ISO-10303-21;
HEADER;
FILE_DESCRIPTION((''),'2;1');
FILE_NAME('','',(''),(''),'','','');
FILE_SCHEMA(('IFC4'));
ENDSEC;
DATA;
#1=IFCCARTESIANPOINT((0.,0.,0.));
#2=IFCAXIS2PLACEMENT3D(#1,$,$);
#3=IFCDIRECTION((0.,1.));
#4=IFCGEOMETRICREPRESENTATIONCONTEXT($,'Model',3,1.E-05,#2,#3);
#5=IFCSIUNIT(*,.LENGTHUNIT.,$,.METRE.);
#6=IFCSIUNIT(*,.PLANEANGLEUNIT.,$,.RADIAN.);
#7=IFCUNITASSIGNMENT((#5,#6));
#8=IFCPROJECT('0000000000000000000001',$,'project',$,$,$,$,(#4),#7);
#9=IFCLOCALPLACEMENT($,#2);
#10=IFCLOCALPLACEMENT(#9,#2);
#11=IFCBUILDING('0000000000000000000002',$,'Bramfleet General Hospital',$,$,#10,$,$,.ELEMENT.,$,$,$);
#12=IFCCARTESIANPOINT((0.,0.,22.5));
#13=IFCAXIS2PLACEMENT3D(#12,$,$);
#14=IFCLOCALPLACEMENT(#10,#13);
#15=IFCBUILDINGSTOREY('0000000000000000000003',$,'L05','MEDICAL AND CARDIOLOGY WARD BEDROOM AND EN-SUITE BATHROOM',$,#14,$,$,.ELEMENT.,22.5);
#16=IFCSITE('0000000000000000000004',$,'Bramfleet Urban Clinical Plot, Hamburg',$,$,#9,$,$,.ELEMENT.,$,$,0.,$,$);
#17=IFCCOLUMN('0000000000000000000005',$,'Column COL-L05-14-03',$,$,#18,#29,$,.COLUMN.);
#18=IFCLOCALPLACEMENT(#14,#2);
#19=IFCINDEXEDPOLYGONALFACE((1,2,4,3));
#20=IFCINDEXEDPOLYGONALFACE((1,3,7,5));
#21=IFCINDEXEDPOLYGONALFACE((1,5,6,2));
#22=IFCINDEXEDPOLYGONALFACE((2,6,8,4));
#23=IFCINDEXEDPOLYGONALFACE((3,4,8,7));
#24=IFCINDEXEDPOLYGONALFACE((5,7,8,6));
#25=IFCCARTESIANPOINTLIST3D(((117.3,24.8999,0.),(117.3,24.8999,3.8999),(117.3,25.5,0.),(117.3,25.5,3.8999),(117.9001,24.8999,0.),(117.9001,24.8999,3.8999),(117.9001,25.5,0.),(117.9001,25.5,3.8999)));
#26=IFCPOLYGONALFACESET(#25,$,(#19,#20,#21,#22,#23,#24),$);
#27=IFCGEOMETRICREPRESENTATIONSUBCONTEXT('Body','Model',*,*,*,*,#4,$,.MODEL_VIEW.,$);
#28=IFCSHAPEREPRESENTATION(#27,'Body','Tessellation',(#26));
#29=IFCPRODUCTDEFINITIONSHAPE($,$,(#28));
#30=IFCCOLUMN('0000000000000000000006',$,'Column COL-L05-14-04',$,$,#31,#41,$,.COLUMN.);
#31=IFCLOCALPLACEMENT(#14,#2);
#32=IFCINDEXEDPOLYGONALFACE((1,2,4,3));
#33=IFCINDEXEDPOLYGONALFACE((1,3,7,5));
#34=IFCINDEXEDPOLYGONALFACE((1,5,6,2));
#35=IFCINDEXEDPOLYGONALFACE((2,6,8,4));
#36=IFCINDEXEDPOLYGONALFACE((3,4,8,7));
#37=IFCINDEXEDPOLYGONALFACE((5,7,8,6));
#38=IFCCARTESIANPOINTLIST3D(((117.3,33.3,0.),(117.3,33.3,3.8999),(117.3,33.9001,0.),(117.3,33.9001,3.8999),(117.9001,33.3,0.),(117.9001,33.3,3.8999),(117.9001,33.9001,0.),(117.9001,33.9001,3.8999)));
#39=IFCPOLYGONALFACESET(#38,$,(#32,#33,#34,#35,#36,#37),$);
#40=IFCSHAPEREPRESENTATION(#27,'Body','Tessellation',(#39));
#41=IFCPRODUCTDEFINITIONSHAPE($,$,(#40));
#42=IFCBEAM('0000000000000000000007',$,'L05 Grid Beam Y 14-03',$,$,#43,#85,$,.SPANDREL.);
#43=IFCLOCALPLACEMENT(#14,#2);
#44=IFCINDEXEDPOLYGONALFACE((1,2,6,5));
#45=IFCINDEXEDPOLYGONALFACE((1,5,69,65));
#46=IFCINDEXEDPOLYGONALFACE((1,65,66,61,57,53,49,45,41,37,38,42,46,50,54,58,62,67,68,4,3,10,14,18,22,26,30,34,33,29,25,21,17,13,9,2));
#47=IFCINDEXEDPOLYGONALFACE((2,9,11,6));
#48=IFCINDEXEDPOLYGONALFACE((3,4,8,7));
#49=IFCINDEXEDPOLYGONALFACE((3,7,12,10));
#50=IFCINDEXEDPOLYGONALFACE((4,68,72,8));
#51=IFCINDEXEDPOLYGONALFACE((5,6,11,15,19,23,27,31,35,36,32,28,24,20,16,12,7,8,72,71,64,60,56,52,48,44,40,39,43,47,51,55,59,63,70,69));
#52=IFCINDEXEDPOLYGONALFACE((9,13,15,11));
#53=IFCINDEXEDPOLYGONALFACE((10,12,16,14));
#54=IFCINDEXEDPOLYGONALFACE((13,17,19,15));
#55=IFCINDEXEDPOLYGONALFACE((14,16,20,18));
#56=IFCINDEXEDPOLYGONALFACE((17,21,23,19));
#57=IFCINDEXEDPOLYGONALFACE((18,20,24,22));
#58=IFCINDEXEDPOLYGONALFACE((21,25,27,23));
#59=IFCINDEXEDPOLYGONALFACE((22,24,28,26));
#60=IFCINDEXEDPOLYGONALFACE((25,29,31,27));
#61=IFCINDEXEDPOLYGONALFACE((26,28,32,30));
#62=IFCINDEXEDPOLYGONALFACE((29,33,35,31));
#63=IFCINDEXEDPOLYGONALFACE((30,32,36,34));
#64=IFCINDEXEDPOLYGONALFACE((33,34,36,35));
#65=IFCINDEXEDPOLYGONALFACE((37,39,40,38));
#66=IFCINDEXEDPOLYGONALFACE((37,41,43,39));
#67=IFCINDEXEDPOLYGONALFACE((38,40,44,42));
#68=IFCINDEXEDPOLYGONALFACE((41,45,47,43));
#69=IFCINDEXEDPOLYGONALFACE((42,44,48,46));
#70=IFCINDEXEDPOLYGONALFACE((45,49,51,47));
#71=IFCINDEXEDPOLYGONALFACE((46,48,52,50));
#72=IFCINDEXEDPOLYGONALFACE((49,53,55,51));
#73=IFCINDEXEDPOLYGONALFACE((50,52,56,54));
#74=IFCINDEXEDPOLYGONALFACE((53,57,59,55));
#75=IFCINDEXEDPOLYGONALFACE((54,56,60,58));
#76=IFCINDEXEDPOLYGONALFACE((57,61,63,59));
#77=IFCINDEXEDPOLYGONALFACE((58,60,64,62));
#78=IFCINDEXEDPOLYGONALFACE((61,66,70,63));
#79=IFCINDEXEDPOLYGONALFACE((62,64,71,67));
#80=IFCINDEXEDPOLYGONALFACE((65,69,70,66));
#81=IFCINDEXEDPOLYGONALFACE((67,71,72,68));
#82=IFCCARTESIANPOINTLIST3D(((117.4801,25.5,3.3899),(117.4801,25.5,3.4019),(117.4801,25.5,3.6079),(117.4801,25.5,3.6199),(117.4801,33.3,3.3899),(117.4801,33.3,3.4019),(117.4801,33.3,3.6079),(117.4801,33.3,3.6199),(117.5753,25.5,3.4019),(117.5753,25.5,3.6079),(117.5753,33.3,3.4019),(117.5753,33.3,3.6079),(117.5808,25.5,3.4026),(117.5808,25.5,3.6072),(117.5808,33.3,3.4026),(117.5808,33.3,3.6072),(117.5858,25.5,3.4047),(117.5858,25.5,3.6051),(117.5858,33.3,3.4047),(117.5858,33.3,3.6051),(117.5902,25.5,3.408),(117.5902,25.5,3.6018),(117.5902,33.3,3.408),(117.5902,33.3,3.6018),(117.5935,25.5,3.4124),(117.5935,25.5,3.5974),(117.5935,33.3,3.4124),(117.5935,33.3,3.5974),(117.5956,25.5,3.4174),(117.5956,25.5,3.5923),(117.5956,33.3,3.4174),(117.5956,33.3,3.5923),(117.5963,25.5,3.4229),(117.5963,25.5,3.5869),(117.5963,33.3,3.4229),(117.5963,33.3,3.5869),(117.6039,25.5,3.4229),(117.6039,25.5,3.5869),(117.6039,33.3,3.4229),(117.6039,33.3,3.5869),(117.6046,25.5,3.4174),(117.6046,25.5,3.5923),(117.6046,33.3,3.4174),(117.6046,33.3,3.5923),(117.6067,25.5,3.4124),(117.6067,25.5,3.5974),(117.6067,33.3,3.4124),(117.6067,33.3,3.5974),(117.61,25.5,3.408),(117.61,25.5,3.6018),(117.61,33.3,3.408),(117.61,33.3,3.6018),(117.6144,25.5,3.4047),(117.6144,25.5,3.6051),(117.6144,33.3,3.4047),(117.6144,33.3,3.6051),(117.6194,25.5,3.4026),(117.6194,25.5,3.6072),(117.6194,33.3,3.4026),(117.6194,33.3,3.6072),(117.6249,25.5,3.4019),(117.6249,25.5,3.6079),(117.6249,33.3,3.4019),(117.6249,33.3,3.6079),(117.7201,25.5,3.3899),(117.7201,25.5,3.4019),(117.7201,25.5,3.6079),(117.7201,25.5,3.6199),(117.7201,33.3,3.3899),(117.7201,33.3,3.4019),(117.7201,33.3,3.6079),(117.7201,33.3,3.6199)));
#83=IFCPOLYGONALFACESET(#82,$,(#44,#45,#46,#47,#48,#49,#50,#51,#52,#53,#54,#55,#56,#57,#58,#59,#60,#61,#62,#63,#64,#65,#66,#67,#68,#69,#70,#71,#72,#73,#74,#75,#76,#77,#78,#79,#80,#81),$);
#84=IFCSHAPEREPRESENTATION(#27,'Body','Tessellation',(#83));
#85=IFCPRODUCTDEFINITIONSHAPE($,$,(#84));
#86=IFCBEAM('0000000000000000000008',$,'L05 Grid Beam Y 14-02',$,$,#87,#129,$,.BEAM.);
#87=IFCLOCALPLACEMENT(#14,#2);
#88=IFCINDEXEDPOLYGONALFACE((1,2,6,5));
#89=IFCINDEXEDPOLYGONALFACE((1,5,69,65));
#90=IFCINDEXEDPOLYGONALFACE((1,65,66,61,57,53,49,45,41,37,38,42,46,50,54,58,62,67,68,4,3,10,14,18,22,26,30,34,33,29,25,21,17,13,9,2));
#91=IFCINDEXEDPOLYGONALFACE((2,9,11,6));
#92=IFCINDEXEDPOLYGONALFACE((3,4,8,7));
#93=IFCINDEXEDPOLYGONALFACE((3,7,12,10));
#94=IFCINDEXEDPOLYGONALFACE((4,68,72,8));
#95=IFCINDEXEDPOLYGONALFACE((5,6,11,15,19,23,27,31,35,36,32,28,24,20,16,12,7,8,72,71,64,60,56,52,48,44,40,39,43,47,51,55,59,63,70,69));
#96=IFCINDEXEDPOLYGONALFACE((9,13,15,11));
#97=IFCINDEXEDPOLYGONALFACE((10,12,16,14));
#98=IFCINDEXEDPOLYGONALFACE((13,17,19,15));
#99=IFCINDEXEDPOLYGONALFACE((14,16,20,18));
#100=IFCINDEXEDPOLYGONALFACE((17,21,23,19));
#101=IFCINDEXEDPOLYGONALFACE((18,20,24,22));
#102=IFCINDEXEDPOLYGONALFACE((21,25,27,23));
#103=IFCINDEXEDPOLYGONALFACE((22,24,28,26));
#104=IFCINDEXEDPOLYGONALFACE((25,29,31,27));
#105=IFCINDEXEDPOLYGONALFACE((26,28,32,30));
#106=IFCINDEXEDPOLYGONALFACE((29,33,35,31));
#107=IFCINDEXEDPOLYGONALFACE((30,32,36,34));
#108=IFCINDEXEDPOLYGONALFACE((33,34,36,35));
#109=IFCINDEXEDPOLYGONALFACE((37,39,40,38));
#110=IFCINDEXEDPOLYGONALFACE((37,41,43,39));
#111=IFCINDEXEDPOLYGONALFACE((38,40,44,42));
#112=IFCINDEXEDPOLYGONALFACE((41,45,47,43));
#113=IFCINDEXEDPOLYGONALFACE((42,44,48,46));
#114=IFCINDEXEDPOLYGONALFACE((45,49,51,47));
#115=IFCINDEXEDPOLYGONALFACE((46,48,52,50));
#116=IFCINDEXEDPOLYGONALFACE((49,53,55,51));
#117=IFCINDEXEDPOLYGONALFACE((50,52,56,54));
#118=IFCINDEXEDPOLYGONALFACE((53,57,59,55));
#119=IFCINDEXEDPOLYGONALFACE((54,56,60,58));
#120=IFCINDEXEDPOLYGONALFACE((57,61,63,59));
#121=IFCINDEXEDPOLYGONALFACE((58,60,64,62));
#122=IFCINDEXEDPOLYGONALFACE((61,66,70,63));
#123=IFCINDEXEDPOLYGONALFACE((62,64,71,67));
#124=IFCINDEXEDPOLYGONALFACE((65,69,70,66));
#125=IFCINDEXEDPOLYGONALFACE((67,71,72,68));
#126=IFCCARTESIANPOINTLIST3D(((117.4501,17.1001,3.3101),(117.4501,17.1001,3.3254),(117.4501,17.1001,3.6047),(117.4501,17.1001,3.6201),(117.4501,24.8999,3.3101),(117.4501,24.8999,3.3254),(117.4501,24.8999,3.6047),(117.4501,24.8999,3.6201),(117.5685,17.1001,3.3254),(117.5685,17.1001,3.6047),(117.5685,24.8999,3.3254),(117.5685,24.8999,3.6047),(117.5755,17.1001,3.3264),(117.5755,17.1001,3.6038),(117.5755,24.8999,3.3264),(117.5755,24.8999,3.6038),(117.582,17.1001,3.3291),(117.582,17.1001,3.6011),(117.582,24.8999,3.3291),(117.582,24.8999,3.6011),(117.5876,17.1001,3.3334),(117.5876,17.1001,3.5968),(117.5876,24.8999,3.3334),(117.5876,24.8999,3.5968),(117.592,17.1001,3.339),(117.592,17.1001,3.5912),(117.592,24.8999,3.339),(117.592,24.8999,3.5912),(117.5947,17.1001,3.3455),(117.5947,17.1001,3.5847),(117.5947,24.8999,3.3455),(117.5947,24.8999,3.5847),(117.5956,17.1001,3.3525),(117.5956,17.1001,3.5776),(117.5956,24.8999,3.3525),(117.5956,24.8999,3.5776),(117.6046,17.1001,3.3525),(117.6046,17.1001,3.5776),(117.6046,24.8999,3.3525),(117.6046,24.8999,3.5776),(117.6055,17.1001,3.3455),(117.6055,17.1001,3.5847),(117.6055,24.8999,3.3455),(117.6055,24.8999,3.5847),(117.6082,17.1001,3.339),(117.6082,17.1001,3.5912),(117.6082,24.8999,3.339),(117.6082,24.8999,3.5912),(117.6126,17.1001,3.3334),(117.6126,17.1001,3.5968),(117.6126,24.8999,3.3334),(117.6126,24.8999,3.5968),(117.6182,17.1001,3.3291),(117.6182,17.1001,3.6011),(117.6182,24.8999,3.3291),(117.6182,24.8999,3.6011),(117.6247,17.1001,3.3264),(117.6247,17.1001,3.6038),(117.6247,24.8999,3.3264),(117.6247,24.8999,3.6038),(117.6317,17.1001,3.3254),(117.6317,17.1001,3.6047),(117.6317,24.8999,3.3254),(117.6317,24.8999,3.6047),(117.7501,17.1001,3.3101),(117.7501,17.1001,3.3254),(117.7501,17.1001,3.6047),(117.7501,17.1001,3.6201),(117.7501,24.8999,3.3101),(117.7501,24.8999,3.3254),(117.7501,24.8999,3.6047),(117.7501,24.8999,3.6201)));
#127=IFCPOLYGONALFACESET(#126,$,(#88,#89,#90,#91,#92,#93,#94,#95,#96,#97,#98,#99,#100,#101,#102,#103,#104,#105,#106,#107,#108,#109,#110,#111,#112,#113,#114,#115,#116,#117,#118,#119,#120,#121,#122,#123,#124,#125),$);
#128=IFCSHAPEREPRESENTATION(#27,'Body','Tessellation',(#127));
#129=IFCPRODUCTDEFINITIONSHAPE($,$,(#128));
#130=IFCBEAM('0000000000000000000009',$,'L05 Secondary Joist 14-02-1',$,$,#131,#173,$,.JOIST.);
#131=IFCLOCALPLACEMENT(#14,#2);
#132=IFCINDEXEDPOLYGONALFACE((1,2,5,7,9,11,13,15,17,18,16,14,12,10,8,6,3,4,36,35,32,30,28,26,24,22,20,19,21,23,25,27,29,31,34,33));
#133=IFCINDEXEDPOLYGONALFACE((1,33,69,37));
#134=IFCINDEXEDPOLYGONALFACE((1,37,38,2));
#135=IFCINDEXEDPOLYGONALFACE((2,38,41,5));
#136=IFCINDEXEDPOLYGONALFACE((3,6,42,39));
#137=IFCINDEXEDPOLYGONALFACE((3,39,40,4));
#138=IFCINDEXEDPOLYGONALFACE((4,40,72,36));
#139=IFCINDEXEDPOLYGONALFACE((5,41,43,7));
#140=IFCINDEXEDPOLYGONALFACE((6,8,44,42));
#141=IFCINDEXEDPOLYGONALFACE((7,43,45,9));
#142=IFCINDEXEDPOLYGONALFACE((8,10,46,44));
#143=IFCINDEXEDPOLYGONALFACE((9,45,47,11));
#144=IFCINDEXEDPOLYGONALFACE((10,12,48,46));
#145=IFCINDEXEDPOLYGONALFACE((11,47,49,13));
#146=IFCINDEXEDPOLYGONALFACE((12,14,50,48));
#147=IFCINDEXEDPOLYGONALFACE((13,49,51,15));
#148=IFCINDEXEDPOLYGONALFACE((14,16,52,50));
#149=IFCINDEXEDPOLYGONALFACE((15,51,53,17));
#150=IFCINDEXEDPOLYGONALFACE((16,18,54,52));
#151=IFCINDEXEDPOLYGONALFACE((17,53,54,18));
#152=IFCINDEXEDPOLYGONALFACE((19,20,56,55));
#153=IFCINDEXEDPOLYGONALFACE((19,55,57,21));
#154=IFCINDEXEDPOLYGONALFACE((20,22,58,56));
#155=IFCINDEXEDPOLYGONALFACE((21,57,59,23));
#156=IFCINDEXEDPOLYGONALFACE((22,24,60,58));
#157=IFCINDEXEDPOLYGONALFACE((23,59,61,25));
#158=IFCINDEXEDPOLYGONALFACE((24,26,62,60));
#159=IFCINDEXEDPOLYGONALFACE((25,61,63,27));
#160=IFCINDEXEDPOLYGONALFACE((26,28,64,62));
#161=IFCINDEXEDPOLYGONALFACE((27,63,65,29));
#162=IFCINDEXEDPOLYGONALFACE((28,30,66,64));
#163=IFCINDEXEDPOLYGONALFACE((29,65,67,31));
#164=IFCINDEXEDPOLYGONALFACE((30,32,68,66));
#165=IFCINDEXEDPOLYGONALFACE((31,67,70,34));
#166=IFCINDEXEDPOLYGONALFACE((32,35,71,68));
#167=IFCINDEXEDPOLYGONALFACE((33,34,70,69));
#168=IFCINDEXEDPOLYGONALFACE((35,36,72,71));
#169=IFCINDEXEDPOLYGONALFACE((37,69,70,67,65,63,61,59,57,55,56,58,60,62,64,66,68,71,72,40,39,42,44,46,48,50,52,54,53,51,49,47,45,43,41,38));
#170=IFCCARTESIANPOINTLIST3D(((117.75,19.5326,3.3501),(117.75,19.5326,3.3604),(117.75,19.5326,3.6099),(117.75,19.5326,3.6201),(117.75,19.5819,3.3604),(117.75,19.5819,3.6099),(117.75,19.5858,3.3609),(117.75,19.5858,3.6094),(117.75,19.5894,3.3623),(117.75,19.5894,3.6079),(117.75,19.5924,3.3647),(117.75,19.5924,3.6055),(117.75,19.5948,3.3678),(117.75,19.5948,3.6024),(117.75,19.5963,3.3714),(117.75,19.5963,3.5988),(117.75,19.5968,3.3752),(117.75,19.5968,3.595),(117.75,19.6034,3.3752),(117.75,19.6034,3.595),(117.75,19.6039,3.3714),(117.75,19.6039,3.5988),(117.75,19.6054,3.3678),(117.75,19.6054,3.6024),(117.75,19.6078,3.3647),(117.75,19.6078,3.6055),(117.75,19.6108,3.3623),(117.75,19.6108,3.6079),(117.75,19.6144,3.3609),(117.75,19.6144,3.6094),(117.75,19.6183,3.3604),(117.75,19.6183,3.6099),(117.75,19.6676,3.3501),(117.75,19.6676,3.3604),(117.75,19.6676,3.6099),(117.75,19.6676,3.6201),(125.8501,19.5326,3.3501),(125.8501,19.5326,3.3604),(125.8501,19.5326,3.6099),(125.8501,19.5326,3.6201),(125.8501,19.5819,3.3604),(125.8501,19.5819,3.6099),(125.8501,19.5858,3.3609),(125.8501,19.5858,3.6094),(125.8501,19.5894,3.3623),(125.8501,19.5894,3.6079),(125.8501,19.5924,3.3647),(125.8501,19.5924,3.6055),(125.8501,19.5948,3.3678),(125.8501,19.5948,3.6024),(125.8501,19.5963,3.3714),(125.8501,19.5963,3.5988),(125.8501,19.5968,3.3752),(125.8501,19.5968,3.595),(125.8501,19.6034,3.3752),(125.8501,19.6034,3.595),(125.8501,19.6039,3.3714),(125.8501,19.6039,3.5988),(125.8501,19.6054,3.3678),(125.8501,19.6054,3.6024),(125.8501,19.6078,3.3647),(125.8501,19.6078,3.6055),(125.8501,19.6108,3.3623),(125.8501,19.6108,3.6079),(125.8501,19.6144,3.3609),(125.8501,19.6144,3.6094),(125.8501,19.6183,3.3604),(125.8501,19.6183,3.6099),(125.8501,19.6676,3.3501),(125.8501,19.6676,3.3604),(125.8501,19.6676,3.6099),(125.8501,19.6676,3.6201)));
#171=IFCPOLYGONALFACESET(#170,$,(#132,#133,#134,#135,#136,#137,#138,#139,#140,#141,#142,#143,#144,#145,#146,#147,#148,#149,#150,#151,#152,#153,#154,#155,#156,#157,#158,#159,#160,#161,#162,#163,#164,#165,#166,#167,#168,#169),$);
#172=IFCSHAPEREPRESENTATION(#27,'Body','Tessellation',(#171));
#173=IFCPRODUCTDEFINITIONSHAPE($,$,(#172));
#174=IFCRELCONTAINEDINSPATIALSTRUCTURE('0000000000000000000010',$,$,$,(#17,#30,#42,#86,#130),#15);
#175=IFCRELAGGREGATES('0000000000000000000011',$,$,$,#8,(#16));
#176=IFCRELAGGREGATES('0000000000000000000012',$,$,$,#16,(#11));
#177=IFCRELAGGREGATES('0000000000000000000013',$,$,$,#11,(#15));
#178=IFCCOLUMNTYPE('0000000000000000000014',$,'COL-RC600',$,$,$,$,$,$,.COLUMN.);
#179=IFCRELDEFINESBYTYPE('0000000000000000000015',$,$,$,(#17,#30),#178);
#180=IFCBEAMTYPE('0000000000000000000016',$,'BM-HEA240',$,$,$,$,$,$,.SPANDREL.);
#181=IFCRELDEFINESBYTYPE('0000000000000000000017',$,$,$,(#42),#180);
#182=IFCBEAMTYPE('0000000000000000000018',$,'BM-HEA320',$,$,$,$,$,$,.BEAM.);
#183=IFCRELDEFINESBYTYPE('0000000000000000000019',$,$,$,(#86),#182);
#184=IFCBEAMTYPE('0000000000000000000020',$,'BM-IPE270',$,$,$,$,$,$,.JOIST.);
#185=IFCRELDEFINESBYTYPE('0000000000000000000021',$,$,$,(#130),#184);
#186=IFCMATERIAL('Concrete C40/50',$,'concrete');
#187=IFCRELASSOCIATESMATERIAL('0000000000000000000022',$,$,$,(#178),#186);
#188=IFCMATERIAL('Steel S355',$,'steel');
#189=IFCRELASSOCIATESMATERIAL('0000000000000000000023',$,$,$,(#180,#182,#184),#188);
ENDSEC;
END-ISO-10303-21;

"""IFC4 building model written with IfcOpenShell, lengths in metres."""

from ifc_helpers import new_model, si_unit, direction, frame, origin, origin_2d, place, context, subcontext, project, spatial, rectangle, i_section, extrude, material, material_profile, profile_set, type_object, element, save


model = new_model("IFC4")

# Units and contexts
model_context = context("Model", 3, precision=1e-05, world=origin(), true_north=direction((0.0, 1.0)))
body_context = subcontext(model_context, "Body", "Model", "MODEL_VIEW")
ifc_project = project(units=[si_unit("LENGTHUNIT", "METRE"), si_unit("PLANEANGLEUNIT", "RADIAN")], contexts=[model_context])

# Site, building, storey
site_placement = place(None, origin())
site = spatial("IfcSite", under=ifc_project, at=site_placement, Name="Bramfleet Urban Clinical Plot, Hamburg", CompositionType="ELEMENT", RefElevation=0.0)
building_placement = place(site_placement, origin())
building = spatial("IfcBuilding", under=site, at=building_placement, Name="Bramfleet General Hospital", CompositionType="ELEMENT")
storey_placement = place(building_placement, frame((0.0, 0.0, 22.5)))
storey = spatial("IfcBuildingStorey", under=building, at=storey_placement, Name="L05", Description="MEDICAL AND CARDIOLOGY WARD BEDROOM AND EN-SUITE BATHROOM", CompositionType="ELEMENT", Elevation=22.5)

# Columns
ifc_material_1 = material(Name="Concrete C40/50", Category="concrete")
ifc_material_profile_1 = material_profile(ifc_material_1, rectangle(XDim=0.6001, YDim=0.6001, at=origin_2d()), Name="RC COL 600x600")
ifc_profile_set_1 = profile_set([ifc_material_profile_1], Name="Concrete C40/50")
column_type = type_object("IfcColumnType", Name="COL-RC600", PredefinedType="COLUMN", material=ifc_profile_set_1)
for number, where, z_axis, x_axis, name in (
    (1, (117.6001, 25.2, 0.0), (0.0, 0.0, 1.0), (1.0, 0.0, 0.0), "Column COL-L05-14-03"),
    (2, (117.6001, 33.6001, 0.0), (0.0, 0.0, 1.0), (1.0, 0.0, 0.0), "Column COL-L05-14-04"),
):
    element("IfcColumn", number, at=place(storey_placement, frame(where, z_axis=z_axis, x_axis=x_axis)), inside=storey, type_object=column_type, Name=name, PredefinedType="COLUMN", context=body_context, shape_type="SweptSolid", body=[
        extrude(rectangle(XDim=0.6001, YDim=0.6001, at=origin_2d()), origin(), (0.0, 0.0, 1.0), 3.8999),
    ])

# Beams
ifc_material_2 = material(Name="Steel S355", Category="steel")
ifc_material_profile_2 = material_profile(ifc_material_2, i_section(OverallWidth=0.24, OverallDepth=0.23, WebThickness=0.0076, FlangeThickness=0.012, FilletRadius=0.021, at=origin_2d()), Name="HEA 240")
ifc_profile_set_2 = profile_set([ifc_material_profile_2], Name="Steel S355")
beam_type_1 = type_object("IfcBeamType", Name="BM-HEA240", PredefinedType="SPANDREL", material=ifc_profile_set_2)
beam_1_placement = place(storey_placement, frame((117.6001, 25.5, 3.5049), z_axis=(0.0, 1.0, 0.0), x_axis=(-1.0, 0.0, 0.0)))
element("IfcBeam", 3, at=beam_1_placement, inside=storey, type_object=beam_type_1, Name="L05 Grid Beam Y 14-03", PredefinedType="SPANDREL", context=body_context, shape_type="SweptSolid", body=[
    extrude(i_section(OverallWidth=0.24, OverallDepth=0.23, WebThickness=0.0076, FlangeThickness=0.012, FilletRadius=0.021, at=origin_2d()), origin(), (0.0, 0.0, 1.0), 7.8),
])
ifc_material_profile_3 = material_profile(ifc_material_2, i_section(OverallWidth=0.3, OverallDepth=0.3101, WebThickness=0.009, FlangeThickness=0.0154, FilletRadius=0.0271, at=origin_2d()), Name="HEA 320")
ifc_profile_set_3 = profile_set([ifc_material_profile_3], Name="Steel S355")
beam_type_2 = type_object("IfcBeamType", Name="BM-HEA320", PredefinedType="BEAM", material=ifc_profile_set_3)
beam_2_placement = place(storey_placement, frame((117.6001, 17.1001, 3.4651), z_axis=(0.0, 1.0, 0.0), x_axis=(-1.0, 0.0, 0.0)))
element("IfcBeam", 4, at=beam_2_placement, inside=storey, type_object=beam_type_2, Name="L05 Grid Beam Y 14-02", PredefinedType="BEAM", context=body_context, shape_type="SweptSolid", body=[
    extrude(i_section(OverallWidth=0.3, OverallDepth=0.3101, WebThickness=0.009, FlangeThickness=0.0154, FilletRadius=0.0271, at=origin_2d()), origin(), (0.0, 0.0, 1.0), 7.7998),
])
ifc_material_profile_4 = material_profile(ifc_material_2, i_section(OverallWidth=0.135, OverallDepth=0.27, WebThickness=0.0066, FlangeThickness=0.0103, FilletRadius=0.0149, at=origin_2d()), Name="IPE 270")
ifc_profile_set_4 = profile_set([ifc_material_profile_4], Name="Steel S355")
beam_type_3 = type_object("IfcBeamType", Name="BM-IPE270", PredefinedType="JOIST", material=ifc_profile_set_4)
for number, where, z_axis, x_axis, name in (
    (5, (117.75, 19.6001, 3.4851), (1.0, 0.0, 0.0), (0.0, 1.0, 0.0), "L05 Secondary Joist 14-02-1"),
):
    element("IfcBeam", number, at=place(storey_placement, frame(where, z_axis=z_axis, x_axis=x_axis)), inside=storey, type_object=beam_type_3, Name=name, PredefinedType="JOIST", context=body_context, shape_type="SweptSolid", body=[
        extrude(i_section(OverallWidth=0.135, OverallDepth=0.27, WebThickness=0.0066, FlangeThickness=0.0103, FilletRadius=0.0149, at=origin_2d()), origin(), (0.0, 0.0, 1.0), 8.1001),
    ])

save(model, "model.ifc")
